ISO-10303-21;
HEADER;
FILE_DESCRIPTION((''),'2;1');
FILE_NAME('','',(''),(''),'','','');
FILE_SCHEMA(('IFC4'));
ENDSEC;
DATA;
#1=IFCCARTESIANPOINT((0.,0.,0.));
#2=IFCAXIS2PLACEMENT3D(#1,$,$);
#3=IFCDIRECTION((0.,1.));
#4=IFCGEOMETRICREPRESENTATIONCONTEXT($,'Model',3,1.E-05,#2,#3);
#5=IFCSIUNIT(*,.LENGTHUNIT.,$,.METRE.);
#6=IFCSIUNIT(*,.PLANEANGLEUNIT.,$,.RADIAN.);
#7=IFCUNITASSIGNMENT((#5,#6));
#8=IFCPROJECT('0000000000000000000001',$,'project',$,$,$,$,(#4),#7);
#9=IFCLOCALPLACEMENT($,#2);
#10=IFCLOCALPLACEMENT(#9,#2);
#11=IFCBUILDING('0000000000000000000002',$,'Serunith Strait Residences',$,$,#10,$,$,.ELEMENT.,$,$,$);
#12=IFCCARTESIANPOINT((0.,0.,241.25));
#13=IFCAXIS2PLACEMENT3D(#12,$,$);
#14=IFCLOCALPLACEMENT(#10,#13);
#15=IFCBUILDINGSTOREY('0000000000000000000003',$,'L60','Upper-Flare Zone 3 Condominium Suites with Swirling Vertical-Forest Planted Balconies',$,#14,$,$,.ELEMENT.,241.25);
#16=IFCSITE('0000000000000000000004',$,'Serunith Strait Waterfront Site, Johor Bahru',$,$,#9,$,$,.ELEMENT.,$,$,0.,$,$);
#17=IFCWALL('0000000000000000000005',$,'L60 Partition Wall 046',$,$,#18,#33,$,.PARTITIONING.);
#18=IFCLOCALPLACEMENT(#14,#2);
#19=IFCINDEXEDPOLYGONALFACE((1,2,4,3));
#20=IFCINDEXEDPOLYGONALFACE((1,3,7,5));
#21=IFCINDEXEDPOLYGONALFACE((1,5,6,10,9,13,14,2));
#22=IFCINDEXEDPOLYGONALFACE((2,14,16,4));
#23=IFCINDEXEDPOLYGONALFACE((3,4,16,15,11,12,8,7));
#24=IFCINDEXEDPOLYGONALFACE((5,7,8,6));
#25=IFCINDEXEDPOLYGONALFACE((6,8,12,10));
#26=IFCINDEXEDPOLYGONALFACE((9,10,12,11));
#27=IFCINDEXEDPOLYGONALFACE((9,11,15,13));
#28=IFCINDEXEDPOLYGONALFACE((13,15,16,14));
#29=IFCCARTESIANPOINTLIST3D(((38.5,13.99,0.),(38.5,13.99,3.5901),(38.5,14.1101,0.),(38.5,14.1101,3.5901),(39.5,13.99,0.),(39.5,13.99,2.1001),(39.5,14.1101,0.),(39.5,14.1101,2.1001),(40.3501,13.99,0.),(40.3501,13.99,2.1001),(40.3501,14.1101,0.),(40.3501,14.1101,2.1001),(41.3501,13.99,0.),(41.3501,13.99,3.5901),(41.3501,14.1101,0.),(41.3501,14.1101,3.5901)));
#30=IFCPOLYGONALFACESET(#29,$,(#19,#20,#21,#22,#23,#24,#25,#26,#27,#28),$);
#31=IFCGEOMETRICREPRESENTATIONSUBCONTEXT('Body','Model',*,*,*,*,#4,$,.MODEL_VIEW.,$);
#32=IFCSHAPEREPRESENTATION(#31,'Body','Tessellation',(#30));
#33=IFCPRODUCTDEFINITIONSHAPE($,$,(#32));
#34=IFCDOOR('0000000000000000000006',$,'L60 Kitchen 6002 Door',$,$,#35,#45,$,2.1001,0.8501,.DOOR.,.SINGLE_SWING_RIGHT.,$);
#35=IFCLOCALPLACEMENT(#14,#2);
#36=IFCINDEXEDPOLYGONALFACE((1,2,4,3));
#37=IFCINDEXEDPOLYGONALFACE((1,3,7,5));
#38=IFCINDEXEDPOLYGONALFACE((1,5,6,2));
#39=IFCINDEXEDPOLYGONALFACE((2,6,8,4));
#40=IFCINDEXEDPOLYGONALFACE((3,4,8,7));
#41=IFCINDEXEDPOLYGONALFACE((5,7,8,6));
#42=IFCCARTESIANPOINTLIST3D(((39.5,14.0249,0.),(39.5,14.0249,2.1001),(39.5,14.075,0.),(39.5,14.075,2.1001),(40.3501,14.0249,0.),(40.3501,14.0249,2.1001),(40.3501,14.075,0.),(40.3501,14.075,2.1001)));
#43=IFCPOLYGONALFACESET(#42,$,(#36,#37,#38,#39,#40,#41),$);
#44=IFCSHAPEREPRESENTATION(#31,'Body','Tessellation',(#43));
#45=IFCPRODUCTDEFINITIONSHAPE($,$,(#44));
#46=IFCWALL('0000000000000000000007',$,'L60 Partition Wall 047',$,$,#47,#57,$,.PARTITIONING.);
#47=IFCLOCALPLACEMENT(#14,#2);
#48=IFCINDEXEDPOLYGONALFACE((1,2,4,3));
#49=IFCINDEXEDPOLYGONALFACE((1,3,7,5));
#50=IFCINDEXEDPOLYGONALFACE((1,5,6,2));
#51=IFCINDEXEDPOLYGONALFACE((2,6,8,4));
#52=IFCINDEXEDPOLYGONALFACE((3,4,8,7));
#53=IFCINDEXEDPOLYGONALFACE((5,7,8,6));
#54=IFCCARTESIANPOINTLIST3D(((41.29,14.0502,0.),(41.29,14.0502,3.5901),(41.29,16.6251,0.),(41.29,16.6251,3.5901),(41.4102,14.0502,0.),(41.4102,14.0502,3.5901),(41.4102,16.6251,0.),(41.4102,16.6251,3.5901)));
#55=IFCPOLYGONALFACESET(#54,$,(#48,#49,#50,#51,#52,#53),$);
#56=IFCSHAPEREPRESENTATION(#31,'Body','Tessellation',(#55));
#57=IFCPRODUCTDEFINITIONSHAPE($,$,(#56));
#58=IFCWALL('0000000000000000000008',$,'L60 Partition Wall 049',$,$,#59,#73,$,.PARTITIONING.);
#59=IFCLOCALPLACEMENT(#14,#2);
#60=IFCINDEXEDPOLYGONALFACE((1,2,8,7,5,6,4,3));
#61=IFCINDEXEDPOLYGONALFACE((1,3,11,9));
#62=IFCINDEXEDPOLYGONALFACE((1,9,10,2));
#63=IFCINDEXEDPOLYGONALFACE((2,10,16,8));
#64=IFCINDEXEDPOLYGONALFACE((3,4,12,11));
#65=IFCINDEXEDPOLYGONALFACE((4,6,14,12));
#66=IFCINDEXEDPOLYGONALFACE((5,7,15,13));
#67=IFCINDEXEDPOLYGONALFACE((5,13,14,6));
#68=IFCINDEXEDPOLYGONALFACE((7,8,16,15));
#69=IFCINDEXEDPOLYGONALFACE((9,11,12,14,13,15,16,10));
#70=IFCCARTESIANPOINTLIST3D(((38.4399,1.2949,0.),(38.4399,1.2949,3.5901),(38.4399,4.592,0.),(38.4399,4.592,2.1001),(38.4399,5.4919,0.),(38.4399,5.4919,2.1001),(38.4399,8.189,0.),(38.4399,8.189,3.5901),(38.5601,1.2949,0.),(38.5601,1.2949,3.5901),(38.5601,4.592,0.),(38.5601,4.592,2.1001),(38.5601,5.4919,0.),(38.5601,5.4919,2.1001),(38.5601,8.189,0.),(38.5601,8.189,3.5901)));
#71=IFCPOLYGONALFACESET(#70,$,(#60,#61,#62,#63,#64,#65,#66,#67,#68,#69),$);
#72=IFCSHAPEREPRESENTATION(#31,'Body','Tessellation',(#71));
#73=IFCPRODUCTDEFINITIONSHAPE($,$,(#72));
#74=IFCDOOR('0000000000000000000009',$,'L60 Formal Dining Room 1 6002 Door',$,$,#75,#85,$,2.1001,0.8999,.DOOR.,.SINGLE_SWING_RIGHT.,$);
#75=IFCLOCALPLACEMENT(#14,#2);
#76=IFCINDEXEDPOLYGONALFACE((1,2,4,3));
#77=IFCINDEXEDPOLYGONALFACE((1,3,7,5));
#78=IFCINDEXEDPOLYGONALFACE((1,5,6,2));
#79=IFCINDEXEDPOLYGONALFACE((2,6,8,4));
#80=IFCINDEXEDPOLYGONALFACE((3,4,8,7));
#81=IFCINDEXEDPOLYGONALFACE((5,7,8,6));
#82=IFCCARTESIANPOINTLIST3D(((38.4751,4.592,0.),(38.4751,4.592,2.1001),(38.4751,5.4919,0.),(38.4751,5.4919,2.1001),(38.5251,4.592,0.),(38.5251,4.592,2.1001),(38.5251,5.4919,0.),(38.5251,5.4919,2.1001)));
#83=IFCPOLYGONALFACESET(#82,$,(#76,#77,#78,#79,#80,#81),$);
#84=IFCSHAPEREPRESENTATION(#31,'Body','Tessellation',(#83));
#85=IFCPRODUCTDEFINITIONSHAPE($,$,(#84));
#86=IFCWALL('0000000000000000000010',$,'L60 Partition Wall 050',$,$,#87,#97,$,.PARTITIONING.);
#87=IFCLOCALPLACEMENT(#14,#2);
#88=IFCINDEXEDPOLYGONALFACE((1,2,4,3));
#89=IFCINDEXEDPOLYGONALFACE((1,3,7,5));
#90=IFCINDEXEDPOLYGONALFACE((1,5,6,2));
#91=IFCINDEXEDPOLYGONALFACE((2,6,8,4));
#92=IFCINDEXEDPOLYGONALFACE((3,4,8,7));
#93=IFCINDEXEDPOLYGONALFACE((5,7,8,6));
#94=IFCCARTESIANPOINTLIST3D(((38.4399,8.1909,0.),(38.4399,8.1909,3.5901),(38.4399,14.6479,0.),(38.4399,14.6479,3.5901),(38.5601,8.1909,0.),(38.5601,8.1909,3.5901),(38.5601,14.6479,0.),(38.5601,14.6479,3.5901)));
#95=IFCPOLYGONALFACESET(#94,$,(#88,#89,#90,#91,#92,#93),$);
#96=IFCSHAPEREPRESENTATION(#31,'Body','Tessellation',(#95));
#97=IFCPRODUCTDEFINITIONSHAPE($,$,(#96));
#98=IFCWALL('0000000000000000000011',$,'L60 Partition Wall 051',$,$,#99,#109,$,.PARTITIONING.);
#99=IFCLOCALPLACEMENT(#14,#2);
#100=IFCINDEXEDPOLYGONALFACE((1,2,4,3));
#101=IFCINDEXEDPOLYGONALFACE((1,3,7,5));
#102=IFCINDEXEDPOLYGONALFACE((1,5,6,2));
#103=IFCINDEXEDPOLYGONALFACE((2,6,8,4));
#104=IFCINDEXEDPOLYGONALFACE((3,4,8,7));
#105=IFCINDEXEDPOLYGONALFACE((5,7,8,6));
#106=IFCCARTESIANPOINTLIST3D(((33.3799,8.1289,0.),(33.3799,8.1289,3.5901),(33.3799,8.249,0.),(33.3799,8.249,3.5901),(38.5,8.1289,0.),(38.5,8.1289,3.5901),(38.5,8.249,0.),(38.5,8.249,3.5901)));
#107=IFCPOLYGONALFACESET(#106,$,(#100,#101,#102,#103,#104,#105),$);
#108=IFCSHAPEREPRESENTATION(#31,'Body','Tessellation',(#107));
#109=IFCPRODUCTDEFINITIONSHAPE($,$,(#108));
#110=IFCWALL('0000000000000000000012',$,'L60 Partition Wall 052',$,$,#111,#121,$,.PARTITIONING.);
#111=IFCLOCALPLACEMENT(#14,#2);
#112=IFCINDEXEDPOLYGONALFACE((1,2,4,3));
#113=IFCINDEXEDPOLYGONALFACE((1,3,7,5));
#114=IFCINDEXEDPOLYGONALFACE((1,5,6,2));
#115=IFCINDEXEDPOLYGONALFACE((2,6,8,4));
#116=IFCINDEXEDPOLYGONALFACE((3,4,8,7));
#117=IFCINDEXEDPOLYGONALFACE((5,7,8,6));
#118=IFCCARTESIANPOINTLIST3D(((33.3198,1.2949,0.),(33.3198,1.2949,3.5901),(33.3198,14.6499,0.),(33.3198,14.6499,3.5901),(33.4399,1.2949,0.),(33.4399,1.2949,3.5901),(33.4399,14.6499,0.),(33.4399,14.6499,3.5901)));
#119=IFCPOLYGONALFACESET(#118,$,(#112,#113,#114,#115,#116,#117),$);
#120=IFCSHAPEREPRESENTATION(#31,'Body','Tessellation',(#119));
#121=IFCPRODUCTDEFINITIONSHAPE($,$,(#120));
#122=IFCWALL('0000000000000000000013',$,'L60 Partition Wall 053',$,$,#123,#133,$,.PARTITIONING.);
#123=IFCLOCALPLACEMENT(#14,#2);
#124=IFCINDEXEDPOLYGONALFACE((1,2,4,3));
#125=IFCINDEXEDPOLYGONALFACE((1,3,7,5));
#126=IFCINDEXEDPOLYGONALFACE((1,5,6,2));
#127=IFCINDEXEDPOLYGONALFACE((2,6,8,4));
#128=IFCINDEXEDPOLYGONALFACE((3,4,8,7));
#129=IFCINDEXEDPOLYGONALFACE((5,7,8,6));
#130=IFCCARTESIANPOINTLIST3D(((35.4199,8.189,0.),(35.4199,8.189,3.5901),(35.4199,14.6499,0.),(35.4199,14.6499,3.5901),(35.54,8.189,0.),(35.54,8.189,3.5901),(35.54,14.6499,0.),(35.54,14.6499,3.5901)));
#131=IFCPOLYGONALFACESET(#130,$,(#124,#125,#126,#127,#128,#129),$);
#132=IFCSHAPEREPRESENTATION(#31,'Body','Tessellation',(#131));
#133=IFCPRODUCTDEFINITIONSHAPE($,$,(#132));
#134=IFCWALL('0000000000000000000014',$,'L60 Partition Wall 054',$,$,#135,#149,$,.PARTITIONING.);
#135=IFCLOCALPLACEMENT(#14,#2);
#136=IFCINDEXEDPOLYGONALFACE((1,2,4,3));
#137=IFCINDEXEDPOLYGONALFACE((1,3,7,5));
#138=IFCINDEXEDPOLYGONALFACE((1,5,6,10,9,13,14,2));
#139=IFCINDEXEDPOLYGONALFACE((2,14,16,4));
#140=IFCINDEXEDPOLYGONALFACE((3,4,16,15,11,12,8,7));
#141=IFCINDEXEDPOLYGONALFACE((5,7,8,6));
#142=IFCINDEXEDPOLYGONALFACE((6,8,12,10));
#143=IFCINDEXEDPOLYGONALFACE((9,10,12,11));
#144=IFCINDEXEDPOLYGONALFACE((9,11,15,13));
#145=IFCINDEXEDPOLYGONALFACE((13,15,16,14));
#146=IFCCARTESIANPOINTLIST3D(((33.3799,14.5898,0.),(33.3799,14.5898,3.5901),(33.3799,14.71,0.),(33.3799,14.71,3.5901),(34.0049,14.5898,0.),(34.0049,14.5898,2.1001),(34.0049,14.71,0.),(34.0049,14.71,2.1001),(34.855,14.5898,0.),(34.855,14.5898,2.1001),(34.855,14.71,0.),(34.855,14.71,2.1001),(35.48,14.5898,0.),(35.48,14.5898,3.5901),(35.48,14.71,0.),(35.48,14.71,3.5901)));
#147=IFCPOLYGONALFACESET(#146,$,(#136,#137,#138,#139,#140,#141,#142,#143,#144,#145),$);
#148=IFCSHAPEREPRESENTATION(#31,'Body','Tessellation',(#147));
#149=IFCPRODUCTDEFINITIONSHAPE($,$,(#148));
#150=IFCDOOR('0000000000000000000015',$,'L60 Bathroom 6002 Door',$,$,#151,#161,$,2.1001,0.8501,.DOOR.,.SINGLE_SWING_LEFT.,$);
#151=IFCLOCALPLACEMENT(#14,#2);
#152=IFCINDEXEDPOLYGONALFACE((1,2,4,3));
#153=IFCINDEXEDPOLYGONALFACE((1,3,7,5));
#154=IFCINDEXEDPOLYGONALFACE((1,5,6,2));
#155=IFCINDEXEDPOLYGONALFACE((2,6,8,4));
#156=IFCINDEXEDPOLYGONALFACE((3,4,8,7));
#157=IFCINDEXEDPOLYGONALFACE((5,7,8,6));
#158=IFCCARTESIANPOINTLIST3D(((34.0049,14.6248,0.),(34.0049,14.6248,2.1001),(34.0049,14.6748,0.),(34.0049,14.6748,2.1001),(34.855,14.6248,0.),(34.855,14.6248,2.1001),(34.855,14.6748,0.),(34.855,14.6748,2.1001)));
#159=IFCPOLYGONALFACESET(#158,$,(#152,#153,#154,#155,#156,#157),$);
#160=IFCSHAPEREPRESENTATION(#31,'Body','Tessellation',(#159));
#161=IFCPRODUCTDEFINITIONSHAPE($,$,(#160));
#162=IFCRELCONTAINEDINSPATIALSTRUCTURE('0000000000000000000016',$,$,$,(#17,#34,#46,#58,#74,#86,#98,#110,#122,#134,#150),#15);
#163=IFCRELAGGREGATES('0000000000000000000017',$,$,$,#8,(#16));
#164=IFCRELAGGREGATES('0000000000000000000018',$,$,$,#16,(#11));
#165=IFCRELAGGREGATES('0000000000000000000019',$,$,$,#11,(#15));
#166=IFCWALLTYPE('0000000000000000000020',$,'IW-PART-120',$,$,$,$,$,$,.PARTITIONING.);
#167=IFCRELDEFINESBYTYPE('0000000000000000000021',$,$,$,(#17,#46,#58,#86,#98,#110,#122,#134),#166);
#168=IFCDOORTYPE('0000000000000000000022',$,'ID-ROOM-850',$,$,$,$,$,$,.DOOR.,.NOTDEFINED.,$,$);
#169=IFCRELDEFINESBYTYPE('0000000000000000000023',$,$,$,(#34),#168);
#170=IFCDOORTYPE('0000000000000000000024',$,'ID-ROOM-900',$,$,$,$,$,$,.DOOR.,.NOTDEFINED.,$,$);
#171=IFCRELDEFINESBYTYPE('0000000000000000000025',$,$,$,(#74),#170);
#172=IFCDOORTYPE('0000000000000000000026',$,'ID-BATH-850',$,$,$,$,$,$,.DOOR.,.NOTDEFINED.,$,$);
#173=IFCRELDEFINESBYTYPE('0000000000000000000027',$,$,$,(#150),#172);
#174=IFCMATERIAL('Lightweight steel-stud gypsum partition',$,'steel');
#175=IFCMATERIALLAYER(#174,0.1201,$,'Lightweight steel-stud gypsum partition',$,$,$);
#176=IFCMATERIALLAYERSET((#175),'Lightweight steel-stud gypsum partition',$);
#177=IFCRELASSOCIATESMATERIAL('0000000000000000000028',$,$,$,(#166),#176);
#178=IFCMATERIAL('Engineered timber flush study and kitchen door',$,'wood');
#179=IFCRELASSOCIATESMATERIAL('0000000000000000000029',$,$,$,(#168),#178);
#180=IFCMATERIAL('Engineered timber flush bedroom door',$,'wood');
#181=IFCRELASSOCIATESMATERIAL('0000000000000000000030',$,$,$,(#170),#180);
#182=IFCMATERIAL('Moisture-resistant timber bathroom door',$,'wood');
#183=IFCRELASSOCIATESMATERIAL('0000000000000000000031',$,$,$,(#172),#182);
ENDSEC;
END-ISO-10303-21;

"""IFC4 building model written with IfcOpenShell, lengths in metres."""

from ifc_helpers import new_model, si_unit, direction, frame, frame_2d, origin, place, context, subcontext, project, spatial, rectangle, extrude, source, transform, mapped, material, layer, layer_set, type_object, element, fill, save


model = new_model("IFC4")

# Units and contexts
model_context = context("Model", 3, precision=1e-05, world=origin(), true_north=direction((0.0, 1.0)))
body_context = subcontext(model_context, "Body", "Model", "MODEL_VIEW")
ifc_project = project(units=[si_unit("LENGTHUNIT", "METRE"), si_unit("PLANEANGLEUNIT", "RADIAN")], contexts=[model_context])

# Site, building, storey
site_placement = place(None, origin())
site = spatial("IfcSite", under=ifc_project, at=site_placement, Name="Serunith Strait Waterfront Site, Johor Bahru", CompositionType="ELEMENT", RefElevation=0.0)
building_placement = place(site_placement, origin())
building = spatial("IfcBuilding", under=site, at=building_placement, Name="Serunith Strait Residences", CompositionType="ELEMENT")
storey_placement = place(building_placement, frame((0.0, 0.0, 241.25)))
storey = spatial("IfcBuildingStorey", under=building, at=storey_placement, Name="L60", Description="Upper-Flare Zone 3 Condominium Suites with Swirling Vertical-Forest Planted Balconies", CompositionType="ELEMENT", Elevation=241.25)

# Wall, opening, door
ifc_material_1 = material(Name="Lightweight steel-stud gypsum partition", Category="steel")
ifc_layer_1 = layer(ifc_material_1, 0.1201, Name="Lightweight steel-stud gypsum partition")
ifc_layer_set_1 = layer_set([ifc_layer_1], Name="Lightweight steel-stud gypsum partition")
wall_type = type_object("IfcWallType", Name="IW-PART-120", PredefinedType="PARTITIONING", material=ifc_layer_set_1)
wall_1_placement = place(storey_placement, frame((38.5, 14.05, 0.0), z_axis=(0.0, 0.0, 1.0), x_axis=(1.0, 0.0, 0.0)))
wall_1 = element("IfcWall", 1, at=wall_1_placement, inside=storey, type_object=wall_type, Name="L60 Partition Wall 046", PredefinedType="PARTITIONING", context=body_context, shape_type="SweptSolid", body=[
    extrude(rectangle(XDim=2.8501, YDim=0.1201, at=frame_2d((1.425, 0.0))), origin(), (0.0, 0.0, 1.0), 3.5901),
])
opening_1_placement = place(wall_1_placement, frame((1.0, 0.0, 0.0)))
opening_1 = element("IfcOpeningElement", 2, at=opening_1_placement, cuts=wall_1, PredefinedType="OPENING", context=body_context, shape_type="SweptSolid", body=[
    extrude(rectangle(XDim=0.8501, YDim=2.1001, at=frame_2d((0.425, 1.05))), frame((0.0, 0.0701, 0.0), z_axis=(0.0, -1.0, 0.0), x_axis=(1.0, 0.0, 0.0)), (0.0, 0.0, 1.0), 0.1401),
])
ifc_material_2 = material(Name="Engineered timber flush study and kitchen door", Category="wood")
door_type_1 = type_object("IfcDoorType", Name="ID-ROOM-850", OperationType="NOTDEFINED", PredefinedType="DOOR", material=ifc_material_2)
shared_shape_1 = source(origin(), body_context, "Body", "SweptSolid", [
    extrude(rectangle(XDim=0.8501, YDim=2.1001, at=frame_2d((0.425, 1.05))), frame((0.0, 0.0249, 0.0), z_axis=(0.0, -1.0, 0.0), x_axis=(1.0, 0.0, 0.0)), (0.0, 0.0, 1.0), 0.05),
])
door_1_placement = place(opening_1_placement, origin())
door_1 = element("IfcDoor", 3, at=door_1_placement, inside=storey, type_object=door_type_1, Name="L60 Kitchen 6002 Door", OperationType="SINGLE_SWING_RIGHT", OverallHeight=2.1001, OverallWidth=0.8501, PredefinedType="DOOR", context=body_context, shape_type="MappedRepresentation", body=[
    mapped(shared_shape_1, transform((0.0, 0.0, 0.0), scale=1.0)),
])
fill(opening_1, door_1)

# Wall
wall_2_placement = place(storey_placement, frame((41.3501, 14.05, 0.0), z_axis=(0.0, 0.0, 1.0), x_axis=(0.0, 1.0, 0.0)))
element("IfcWall", 4, at=wall_2_placement, inside=storey, type_object=wall_type, Name="L60 Partition Wall 047", PredefinedType="PARTITIONING", context=body_context, shape_type="SweptSolid", body=[
    extrude(rectangle(XDim=2.575, YDim=0.1201, at=frame_2d((1.2876, 0.0))), origin(), (0.0, 0.0, 1.0), 3.5901),
])

# Wall, opening, door
wall_3_placement = place(storey_placement, frame((38.5, 1.2949, 0.0), z_axis=(0.0, 0.0, 1.0), x_axis=(0.0, 1.0, 0.0)))
wall_3 = element("IfcWall", 5, at=wall_3_placement, inside=storey, type_object=wall_type, Name="L60 Partition Wall 049", PredefinedType="PARTITIONING", context=body_context, shape_type="SweptSolid", body=[
    extrude(rectangle(XDim=6.894, YDim=0.1201, at=frame_2d((3.447, 0.0))), origin(), (0.0, 0.0, 1.0), 3.5901),
])
opening_2_placement = place(wall_3_placement, frame((3.2971, 0.0, 0.0)))
opening_2 = element("IfcOpeningElement", 6, at=opening_2_placement, cuts=wall_3, PredefinedType="OPENING", context=body_context, shape_type="SweptSolid", body=[
    extrude(rectangle(XDim=0.8999, YDim=2.1001, at=frame_2d((0.45, 1.05))), frame((0.0, 0.0701, 0.0), z_axis=(0.0, -1.0, 0.0), x_axis=(1.0, 0.0, 0.0)), (0.0, 0.0, 1.0), 0.1401),
])
ifc_material_3 = material(Name="Engineered timber flush bedroom door", Category="wood")
door_type_2 = type_object("IfcDoorType", Name="ID-ROOM-900", OperationType="NOTDEFINED", PredefinedType="DOOR", material=ifc_material_3)
shared_shape_2 = source(origin(), body_context, "Body", "SweptSolid", [
    extrude(rectangle(XDim=0.8999, YDim=2.1001, at=frame_2d((0.45, 1.05))), frame((0.0, 0.0249, 0.0), z_axis=(0.0, -1.0, 0.0), x_axis=(1.0, 0.0, 0.0)), (0.0, 0.0, 1.0), 0.05),
])
door_2_placement = place(opening_2_placement, origin())
door_2 = element("IfcDoor", 7, at=door_2_placement, inside=storey, type_object=door_type_2, Name="L60 Formal Dining Room 1 6002 Door", OperationType="SINGLE_SWING_RIGHT", OverallHeight=2.1001, OverallWidth=0.8999, PredefinedType="DOOR", context=body_context, shape_type="MappedRepresentation", body=[
    mapped(shared_shape_2, transform((0.0, 0.0, 0.0), scale=1.0)),
])
fill(opening_2, door_2)

# Walls
wall_4_placement = place(storey_placement, frame((38.5, 8.1909, 0.0), z_axis=(0.0, 0.0, 1.0), x_axis=(0.0, 1.0, 0.0)))
element("IfcWall", 8, at=wall_4_placement, inside=storey, type_object=wall_type, Name="L60 Partition Wall 050", PredefinedType="PARTITIONING", context=body_context, shape_type="SweptSolid", body=[
    extrude(rectangle(XDim=6.457, YDim=0.1201, at=frame_2d((3.2285, 0.0))), origin(), (0.0, 0.0, 1.0), 3.5901),
])
wall_5_placement = place(storey_placement, frame((33.3799, 8.189, 0.0), z_axis=(0.0, 0.0, 1.0), x_axis=(1.0, 0.0, 0.0)))
element("IfcWall", 9, at=wall_5_placement, inside=storey, type_object=wall_type, Name="L60 Partition Wall 051", PredefinedType="PARTITIONING", context=body_context, shape_type="SweptSolid", body=[
    extrude(rectangle(XDim=5.1201, YDim=0.1201, at=frame_2d((2.5601, 0.0))), origin(), (0.0, 0.0, 1.0), 3.5901),
])
wall_6_placement = place(storey_placement, frame((33.3799, 1.2949, 0.0), z_axis=(0.0, 0.0, 1.0), x_axis=(0.0, 1.0, 0.0)))
element("IfcWall", 10, at=wall_6_placement, inside=storey, type_object=wall_type, Name="L60 Partition Wall 052", PredefinedType="PARTITIONING", context=body_context, shape_type="SweptSolid", body=[
    extrude(rectangle(XDim=13.355, YDim=0.1201, at=frame_2d((6.6775, 0.0))), origin(), (0.0, 0.0, 1.0), 3.5901),
])
wall_7_placement = place(storey_placement, frame((35.48, 8.189, 0.0), z_axis=(0.0, 0.0, 1.0), x_axis=(0.0, 1.0, 0.0)))
element("IfcWall", 11, at=wall_7_placement, inside=storey, type_object=wall_type, Name="L60 Partition Wall 053", PredefinedType="PARTITIONING", context=body_context, shape_type="SweptSolid", body=[
    extrude(rectangle(XDim=6.4609, YDim=0.1201, at=frame_2d((3.2305, 0.0))), origin(), (0.0, 0.0, 1.0), 3.5901),
])

# Wall, opening, door
wall_8_placement = place(storey_placement, frame((33.3799, 14.6499, 0.0), z_axis=(0.0, 0.0, 1.0), x_axis=(1.0, 0.0, 0.0)))
wall_8 = element("IfcWall", 12, at=wall_8_placement, inside=storey, type_object=wall_type, Name="L60 Partition Wall 054", PredefinedType="PARTITIONING", context=body_context, shape_type="SweptSolid", body=[
    extrude(rectangle(XDim=2.1001, YDim=0.1201, at=frame_2d((1.05, 0.0))), origin(), (0.0, 0.0, 1.0), 3.5901),
])
opening_3_placement = place(wall_8_placement, frame((0.625, 0.0, 0.0)))
opening_3 = element("IfcOpeningElement", 13, at=opening_3_placement, cuts=wall_8, PredefinedType="OPENING", context=body_context, shape_type="SweptSolid", body=[
    extrude(rectangle(XDim=0.8501, YDim=2.1001, at=frame_2d((0.425, 1.05))), frame((0.0, 0.0701, 0.0), z_axis=(0.0, -1.0, 0.0), x_axis=(1.0, 0.0, 0.0)), (0.0, 0.0, 1.0), 0.1401),
])
ifc_material_4 = material(Name="Moisture-resistant timber bathroom door", Category="wood")
door_type_3 = type_object("IfcDoorType", Name="ID-BATH-850", OperationType="NOTDEFINED", PredefinedType="DOOR", material=ifc_material_4)
door_3_placement = place(opening_3_placement, origin())
door_3 = element("IfcDoor", 14, at=door_3_placement, inside=storey, type_object=door_type_3, Name="L60 Bathroom 6002 Door", OperationType="SINGLE_SWING_LEFT", OverallHeight=2.1001, OverallWidth=0.8501, PredefinedType="DOOR", context=body_context, shape_type="MappedRepresentation", body=[
    mapped(shared_shape_1, transform((0.0, 0.0, 0.0), scale=1.0)),
])
fill(opening_3, door_3)

save(model, "model.ifc")
